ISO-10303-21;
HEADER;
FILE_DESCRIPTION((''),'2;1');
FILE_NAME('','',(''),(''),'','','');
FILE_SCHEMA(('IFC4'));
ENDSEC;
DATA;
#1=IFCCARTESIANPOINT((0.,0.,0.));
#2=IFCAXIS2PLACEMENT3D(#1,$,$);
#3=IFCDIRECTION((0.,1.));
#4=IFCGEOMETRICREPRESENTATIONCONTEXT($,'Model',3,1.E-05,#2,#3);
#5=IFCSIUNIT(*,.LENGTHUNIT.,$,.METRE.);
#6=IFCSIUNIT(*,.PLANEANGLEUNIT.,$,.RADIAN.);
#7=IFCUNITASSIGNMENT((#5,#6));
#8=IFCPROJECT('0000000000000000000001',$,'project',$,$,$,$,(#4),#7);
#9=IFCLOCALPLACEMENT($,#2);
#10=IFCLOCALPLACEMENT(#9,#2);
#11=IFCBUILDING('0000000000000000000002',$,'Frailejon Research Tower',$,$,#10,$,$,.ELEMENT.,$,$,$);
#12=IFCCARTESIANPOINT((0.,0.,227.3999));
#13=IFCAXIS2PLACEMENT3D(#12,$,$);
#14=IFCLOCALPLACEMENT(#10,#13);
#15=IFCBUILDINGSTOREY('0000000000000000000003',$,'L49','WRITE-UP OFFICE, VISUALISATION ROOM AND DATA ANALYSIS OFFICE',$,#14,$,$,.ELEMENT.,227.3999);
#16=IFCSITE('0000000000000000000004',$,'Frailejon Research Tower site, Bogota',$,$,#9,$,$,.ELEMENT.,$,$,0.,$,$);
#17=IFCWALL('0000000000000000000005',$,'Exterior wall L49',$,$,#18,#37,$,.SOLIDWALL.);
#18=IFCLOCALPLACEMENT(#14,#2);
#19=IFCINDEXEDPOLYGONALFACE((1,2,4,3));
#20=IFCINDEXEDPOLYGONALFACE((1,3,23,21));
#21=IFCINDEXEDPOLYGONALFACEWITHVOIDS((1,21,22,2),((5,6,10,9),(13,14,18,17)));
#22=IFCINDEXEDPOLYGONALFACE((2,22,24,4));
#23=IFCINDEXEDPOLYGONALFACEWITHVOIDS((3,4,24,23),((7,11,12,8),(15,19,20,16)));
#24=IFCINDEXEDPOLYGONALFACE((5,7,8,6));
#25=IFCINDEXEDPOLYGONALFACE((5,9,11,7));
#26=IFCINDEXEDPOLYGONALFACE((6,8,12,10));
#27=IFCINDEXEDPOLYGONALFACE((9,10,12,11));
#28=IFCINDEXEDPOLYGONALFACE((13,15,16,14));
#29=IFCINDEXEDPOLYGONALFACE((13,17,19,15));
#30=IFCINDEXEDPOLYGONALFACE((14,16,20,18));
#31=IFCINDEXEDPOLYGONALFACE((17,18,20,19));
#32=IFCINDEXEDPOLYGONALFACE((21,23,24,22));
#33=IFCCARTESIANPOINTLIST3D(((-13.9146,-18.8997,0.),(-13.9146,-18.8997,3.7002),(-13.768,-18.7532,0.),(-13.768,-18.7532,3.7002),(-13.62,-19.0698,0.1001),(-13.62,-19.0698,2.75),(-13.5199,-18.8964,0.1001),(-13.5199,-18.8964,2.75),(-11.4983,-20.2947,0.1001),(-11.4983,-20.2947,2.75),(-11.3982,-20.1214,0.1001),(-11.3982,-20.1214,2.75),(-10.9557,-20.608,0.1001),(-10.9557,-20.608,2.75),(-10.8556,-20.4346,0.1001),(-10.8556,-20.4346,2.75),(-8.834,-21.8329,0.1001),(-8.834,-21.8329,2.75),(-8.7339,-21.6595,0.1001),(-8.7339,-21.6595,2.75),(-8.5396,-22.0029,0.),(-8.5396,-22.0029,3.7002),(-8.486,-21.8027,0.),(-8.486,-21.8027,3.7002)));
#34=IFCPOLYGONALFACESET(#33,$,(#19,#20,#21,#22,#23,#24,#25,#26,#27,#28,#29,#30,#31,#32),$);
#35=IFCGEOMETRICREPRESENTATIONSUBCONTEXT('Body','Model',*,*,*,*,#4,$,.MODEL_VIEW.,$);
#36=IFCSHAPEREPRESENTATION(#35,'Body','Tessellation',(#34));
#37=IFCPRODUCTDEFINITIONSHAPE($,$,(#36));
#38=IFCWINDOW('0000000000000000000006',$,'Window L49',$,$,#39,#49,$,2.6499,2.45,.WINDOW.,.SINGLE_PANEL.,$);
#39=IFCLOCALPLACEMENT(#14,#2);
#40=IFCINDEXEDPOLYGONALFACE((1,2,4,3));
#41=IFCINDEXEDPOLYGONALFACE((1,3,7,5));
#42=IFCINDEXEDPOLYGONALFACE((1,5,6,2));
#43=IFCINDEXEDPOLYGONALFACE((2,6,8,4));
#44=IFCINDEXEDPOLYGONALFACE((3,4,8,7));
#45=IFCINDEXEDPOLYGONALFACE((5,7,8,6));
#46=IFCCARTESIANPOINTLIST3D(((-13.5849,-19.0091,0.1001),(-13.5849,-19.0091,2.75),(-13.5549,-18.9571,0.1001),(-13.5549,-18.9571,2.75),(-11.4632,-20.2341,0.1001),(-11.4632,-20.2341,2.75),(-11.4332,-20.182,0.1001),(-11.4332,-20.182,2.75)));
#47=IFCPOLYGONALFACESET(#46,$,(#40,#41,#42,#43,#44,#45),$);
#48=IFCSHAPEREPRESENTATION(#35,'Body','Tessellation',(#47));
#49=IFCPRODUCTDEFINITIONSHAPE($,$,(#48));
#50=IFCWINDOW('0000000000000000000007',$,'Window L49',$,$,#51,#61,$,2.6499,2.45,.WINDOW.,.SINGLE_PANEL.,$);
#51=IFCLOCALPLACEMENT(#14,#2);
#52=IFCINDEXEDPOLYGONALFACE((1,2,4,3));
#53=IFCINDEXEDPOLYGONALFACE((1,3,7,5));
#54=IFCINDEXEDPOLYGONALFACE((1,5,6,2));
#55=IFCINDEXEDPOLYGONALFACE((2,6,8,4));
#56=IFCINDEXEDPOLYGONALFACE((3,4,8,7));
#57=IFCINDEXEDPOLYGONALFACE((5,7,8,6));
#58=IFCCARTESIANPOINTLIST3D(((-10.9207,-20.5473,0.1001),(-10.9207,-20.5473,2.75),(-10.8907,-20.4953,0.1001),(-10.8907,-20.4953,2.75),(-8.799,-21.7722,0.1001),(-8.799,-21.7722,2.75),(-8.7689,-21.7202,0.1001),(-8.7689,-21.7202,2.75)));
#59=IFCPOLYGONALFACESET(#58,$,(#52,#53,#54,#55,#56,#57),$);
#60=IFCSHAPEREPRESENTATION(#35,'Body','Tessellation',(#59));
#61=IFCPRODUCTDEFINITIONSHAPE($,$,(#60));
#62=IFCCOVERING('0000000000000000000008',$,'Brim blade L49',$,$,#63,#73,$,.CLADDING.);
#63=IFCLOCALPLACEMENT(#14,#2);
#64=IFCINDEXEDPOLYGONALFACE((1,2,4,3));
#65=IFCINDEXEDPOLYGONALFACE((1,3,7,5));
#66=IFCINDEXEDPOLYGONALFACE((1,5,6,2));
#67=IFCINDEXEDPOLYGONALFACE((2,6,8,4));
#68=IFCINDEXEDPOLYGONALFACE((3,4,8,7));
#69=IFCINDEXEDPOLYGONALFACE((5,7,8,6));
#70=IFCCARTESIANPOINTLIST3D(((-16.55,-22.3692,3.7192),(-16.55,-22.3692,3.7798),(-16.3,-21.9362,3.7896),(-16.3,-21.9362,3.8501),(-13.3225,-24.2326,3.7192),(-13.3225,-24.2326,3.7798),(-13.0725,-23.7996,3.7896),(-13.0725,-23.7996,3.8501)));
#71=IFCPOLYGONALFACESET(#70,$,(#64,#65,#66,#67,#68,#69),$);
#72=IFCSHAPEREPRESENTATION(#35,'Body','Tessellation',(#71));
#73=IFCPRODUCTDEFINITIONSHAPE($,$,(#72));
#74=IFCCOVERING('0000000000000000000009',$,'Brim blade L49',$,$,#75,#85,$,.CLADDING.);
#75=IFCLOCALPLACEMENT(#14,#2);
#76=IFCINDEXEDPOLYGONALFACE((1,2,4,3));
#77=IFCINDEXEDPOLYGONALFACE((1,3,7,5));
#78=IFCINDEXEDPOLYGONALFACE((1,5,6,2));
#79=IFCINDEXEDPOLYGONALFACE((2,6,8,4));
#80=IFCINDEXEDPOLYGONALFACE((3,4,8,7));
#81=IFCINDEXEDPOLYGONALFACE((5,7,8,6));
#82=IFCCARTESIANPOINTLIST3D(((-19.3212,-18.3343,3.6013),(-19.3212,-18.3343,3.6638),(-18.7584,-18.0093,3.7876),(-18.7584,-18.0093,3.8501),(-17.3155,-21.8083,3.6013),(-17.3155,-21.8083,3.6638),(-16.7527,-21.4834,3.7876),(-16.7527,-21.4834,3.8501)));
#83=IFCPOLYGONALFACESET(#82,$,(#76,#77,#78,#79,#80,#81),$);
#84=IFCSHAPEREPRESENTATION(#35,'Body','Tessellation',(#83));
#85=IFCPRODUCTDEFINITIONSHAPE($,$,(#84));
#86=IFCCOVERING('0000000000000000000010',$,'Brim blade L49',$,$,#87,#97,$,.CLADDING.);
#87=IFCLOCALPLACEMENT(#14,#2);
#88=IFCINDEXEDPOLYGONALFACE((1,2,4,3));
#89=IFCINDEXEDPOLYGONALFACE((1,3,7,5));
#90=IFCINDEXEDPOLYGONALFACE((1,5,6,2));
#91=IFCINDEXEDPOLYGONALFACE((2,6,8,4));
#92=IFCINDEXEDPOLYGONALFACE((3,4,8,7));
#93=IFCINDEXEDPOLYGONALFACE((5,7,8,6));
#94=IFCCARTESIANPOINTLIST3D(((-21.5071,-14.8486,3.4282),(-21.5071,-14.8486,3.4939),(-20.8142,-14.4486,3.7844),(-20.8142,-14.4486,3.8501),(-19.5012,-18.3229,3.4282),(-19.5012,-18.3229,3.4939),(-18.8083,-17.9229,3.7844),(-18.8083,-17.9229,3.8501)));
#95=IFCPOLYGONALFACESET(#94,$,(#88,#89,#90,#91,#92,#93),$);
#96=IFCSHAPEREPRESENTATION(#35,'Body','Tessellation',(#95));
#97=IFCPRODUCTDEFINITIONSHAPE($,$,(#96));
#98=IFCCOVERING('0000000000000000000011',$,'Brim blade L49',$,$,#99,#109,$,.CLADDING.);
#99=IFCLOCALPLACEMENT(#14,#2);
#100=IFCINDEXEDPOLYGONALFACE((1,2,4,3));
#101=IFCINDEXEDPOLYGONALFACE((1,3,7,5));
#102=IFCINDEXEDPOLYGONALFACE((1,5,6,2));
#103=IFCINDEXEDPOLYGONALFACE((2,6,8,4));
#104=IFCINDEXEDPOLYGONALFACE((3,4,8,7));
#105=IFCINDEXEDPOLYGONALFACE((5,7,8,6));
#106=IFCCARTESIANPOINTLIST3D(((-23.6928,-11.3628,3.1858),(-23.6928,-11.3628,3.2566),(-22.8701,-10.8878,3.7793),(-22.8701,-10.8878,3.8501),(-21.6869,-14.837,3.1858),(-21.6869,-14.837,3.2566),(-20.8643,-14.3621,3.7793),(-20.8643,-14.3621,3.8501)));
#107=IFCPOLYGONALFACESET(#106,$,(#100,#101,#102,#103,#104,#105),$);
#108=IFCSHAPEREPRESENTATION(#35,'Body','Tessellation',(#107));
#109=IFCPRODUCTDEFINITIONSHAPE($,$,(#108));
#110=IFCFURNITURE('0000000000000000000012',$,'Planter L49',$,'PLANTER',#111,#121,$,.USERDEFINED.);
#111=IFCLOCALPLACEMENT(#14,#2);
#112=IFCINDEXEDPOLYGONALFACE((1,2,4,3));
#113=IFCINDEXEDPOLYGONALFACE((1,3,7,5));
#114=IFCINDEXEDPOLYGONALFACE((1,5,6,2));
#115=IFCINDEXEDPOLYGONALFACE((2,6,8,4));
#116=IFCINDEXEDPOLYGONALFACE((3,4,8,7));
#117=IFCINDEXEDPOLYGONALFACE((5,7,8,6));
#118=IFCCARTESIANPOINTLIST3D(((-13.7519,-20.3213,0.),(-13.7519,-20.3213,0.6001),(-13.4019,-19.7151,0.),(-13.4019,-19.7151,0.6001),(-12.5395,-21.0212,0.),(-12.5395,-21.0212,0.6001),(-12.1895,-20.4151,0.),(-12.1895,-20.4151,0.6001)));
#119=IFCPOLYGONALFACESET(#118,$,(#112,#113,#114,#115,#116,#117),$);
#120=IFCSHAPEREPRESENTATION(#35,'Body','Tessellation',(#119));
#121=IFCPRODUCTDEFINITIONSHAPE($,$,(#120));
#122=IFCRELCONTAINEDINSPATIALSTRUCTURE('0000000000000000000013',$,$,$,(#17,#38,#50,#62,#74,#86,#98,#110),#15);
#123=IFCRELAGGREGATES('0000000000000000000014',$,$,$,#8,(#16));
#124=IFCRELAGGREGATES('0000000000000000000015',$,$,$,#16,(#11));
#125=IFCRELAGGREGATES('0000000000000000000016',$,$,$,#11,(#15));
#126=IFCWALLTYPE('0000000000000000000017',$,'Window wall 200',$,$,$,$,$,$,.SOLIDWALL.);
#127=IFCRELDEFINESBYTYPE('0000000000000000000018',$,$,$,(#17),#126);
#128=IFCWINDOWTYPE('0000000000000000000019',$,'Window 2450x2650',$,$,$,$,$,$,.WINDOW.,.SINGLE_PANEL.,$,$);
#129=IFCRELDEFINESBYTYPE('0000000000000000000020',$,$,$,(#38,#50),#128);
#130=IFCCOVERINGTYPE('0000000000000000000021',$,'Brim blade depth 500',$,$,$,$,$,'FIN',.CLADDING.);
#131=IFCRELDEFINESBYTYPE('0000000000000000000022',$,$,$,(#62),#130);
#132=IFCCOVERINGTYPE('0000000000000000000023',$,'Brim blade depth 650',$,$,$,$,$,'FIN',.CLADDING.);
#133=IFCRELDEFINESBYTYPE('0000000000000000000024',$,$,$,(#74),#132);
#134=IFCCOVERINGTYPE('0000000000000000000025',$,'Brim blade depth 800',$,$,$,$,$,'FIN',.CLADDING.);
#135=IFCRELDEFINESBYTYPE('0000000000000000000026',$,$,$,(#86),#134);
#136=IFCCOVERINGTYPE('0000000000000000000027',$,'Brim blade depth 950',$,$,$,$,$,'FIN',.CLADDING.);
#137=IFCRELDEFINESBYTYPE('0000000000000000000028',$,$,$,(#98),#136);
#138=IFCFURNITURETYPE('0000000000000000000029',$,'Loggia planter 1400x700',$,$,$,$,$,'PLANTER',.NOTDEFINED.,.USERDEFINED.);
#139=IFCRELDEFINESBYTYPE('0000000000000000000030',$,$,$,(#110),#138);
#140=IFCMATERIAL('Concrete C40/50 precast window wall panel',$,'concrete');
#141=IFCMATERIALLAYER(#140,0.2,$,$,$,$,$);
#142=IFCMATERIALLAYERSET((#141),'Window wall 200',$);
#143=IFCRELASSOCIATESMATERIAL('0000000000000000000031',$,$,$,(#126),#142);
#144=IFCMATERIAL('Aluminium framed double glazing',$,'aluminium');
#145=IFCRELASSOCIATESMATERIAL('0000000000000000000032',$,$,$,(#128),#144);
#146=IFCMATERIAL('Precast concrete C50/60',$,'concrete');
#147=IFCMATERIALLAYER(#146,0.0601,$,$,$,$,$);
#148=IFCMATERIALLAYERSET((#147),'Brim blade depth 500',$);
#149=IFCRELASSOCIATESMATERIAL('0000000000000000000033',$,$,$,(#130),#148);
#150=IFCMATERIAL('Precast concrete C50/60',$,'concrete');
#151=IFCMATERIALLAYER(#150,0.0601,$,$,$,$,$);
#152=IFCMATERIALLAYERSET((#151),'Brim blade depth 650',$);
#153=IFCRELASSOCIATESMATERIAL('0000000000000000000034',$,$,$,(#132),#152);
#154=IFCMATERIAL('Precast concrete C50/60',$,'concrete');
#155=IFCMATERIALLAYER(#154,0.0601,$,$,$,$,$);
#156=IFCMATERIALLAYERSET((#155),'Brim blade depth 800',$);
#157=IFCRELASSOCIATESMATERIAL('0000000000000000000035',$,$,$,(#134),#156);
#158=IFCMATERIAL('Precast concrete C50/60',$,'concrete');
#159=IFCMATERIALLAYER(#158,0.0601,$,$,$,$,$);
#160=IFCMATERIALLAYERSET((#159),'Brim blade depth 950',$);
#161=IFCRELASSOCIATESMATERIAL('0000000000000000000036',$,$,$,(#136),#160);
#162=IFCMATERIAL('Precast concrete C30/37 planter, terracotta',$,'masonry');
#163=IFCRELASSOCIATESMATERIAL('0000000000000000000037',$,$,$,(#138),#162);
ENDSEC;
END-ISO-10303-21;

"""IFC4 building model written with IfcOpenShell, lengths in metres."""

from ifc_helpers import new_model, si_unit, direction, frame, frame_2d, origin, origin_2d, place, context, subcontext, project, spatial, polyline, rectangle, outline, extrude, material, layer, layer_set, type_object, element, fill, save


model = new_model("IFC4")

# Units and contexts
model_context = context("Model", 3, precision=1e-05, world=origin(), true_north=direction((0.0, 1.0)))
body_context = subcontext(model_context, "Body", "Model", "MODEL_VIEW")
ifc_project = project(units=[si_unit("LENGTHUNIT", "METRE"), si_unit("PLANEANGLEUNIT", "RADIAN")], contexts=[model_context])

# Site, building, storey
site_placement = place(None, origin())
site = spatial("IfcSite", under=ifc_project, at=site_placement, Name="Frailejon Research Tower site, Bogota", CompositionType="ELEMENT", RefElevation=0.0)
building_placement = place(site_placement, origin())
building = spatial("IfcBuilding", under=site, at=building_placement, Name="Frailejon Research Tower", CompositionType="ELEMENT")
storey_placement = place(building_placement, frame((0.0, 0.0, 227.3999)))
storey = spatial("IfcBuildingStorey", under=building, at=storey_placement, Name="L49", Description="WRITE-UP OFFICE, VISUALISATION ROOM AND DATA ANALYSIS OFFICE", CompositionType="ELEMENT", Elevation=227.3999)

# Wall, openings, windows
ifc_material_1 = material(Name="Concrete C40/50 precast window wall panel", Category="concrete")
ifc_layer_1 = layer(ifc_material_1, 0.2)
ifc_layer_set_1 = layer_set([ifc_layer_1], Name="Window wall 200")
wall_type_1 = type_object("IfcWallType", Name="Window wall 200", PredefinedType="SOLIDWALL", material=ifc_layer_set_1)
wall_1_placement = place(storey_placement, frame((-13.8413, -18.8264, 0.0), z_axis=(0.0, 0.0, 1.0), x_axis=(0.86603, -0.499993, 0.0)))
wall_1 = element("IfcWall", 1, at=wall_1_placement, inside=storey, type_object=wall_type_1, Name="Exterior wall L49", PredefinedType="SOLIDWALL", context=body_context, shape_type="SweptSolid", body=[
    extrude(outline(polyline([(-0.0269, -0.1001), (1.0076, -0.1001), (2.042, -0.1001), (3.0764, -0.1001), (4.1108, -0.1001), (5.1453, -0.1001), (6.1797, -0.1001), (6.126, 0.1001), (5.1094, 0.1001), (4.093, 0.1001), (3.0764, 0.1001), (2.0598, 0.1001), (1.0435, 0.1001), (0.0269, 0.1001), (-0.0269, -0.1001)])), origin(), (0.0, 0.0, 1.0), 3.7002),
])
opening_1_placement = place(wall_1_placement, frame((0.3132, 0.0, 0.1001)))
opening_1 = element("IfcOpeningElement", 2, at=opening_1_placement, cuts=wall_1, PredefinedType="OPENING", context=body_context, shape_type="SweptSolid", body=[
    extrude(rectangle(XDim=2.45, YDim=2.6499, at=frame_2d((1.2251, 1.325))), frame((0.0, 0.1099, 0.0), z_axis=(0.0, -1.0, 0.0), x_axis=(1.0, 0.0, 0.0)), (0.0, 0.0, 1.0), 0.22),
])
opening_2_placement = place(wall_1_placement, frame((3.3896, 0.0, 0.1001)))
opening_2 = element("IfcOpeningElement", 3, at=opening_2_placement, cuts=wall_1, PredefinedType="OPENING", context=body_context, shape_type="SweptSolid", body=[
    extrude(rectangle(XDim=2.45, YDim=2.6499, at=frame_2d((1.2251, 1.325))), frame((0.0, 0.1099, 0.0), z_axis=(0.0, -1.0, 0.0), x_axis=(1.0, 0.0, 0.0)), (0.0, 0.0, 1.0), 0.22),
])
ifc_material_2 = material(Name="Aluminium framed double glazing", Category="aluminium")
window_type = type_object("IfcWindowType", Name="Window 2450x2650", PartitioningType="SINGLE_PANEL", PredefinedType="WINDOW", material=ifc_material_2)
window_1_placement = place(opening_1_placement, origin())
window_1 = element("IfcWindow", 4, at=window_1_placement, inside=storey, type_object=window_type, Name="Window L49", OverallHeight=2.6499, OverallWidth=2.45, PartitioningType="SINGLE_PANEL", PredefinedType="WINDOW", context=body_context, shape_type="SweptSolid", body=[
    extrude(rectangle(XDim=2.45, YDim=2.6499, at=frame_2d((1.2251, 1.325))), frame((0.0, 0.03, 0.0), z_axis=(0.0, -1.0, 0.0), x_axis=(1.0, 0.0, 0.0)), (0.0, 0.0, 1.0), 0.0601),
])
fill(opening_1, window_1)
window_2_placement = place(opening_2_placement, origin())
window_2 = element("IfcWindow", 5, at=window_2_placement, inside=storey, type_object=window_type, Name="Window L49", OverallHeight=2.6499, OverallWidth=2.45, PartitioningType="SINGLE_PANEL", PredefinedType="WINDOW", context=body_context, shape_type="SweptSolid", body=[
    extrude(rectangle(XDim=2.45, YDim=2.6499, at=frame_2d((1.2251, 1.325))), frame((0.0, 0.03, 0.0), z_axis=(0.0, -1.0, 0.0), x_axis=(1.0, 0.0, 0.0)), (0.0, 0.0, 1.0), 0.0601),
])
fill(opening_2, window_2)

# Coverings
ifc_material_3 = material(Name="Precast concrete C50/60", Category="concrete")
ifc_layer_2 = layer(ifc_material_3, 0.0601)
ifc_layer_set_2 = layer_set([ifc_layer_2], Name="Brim blade depth 500")
covering_type_1 = type_object("IfcCoveringType", Name="Brim blade depth 500", ElementType="FIN", PredefinedType="CLADDING", material=ifc_layer_set_2)
covering_1_placement = place(storey_placement, frame((-13.0725, -23.7996, 3.8501), z_axis=(-0.866025, 0.500001, 0.0), x_axis=(-0.500001, -0.866025, 0.0)))
element("IfcCovering", 6, at=covering_1_placement, inside=storey, type_object=covering_type_1, Name="Brim blade L49", PredefinedType="CLADDING", context=body_context, shape_type="SweptSolid", body=[
    extrude(outline(polyline([(0.0, -0.0605), (0.5, -0.1309), (0.5, -0.0703), (0.0, 0.0), (0.0, -0.0605)])), origin(), (0.0, 0.0, 1.0), 3.7268),
])
ifc_material_4 = material(Name="Precast concrete C50/60", Category="concrete")
ifc_layer_3 = layer(ifc_material_4, 0.0601)
ifc_layer_set_3 = layer_set([ifc_layer_3], Name="Brim blade depth 650")
covering_type_2 = type_object("IfcCoveringType", Name="Brim blade depth 650", ElementType="FIN", PredefinedType="CLADDING", material=ifc_layer_set_3)
covering_2_placement = place(storey_placement, frame((-16.7527, -21.4834, 3.8501), z_axis=(-0.499987, 0.866033, 0.0), x_axis=(-0.866033, -0.499987, 0.0)))
element("IfcCovering", 7, at=covering_2_placement, inside=storey, type_object=covering_type_2, Name="Brim blade L49", PredefinedType="CLADDING", context=body_context, shape_type="SweptSolid", body=[
    extrude(outline(polyline([(0.0, -0.0625), (0.6499, -0.2488), (0.6499, -0.1863), (0.0, 0.0), (0.0, -0.0625)])), origin(), (0.0, 0.0, 1.0), 4.0115),
])
ifc_material_5 = material(Name="Precast concrete C50/60", Category="concrete")
ifc_layer_4 = layer(ifc_material_5, 0.0601)
ifc_layer_set_4 = layer_set([ifc_layer_4], Name="Brim blade depth 800")
covering_type_3 = type_object("IfcCoveringType", Name="Brim blade depth 800", ElementType="FIN", PredefinedType="CLADDING", material=ifc_layer_set_4)
covering_3_placement = place(storey_placement, frame((-18.8083, -17.9229, 3.8501), z_axis=(-0.500005, 0.866022, 0.0), x_axis=(-0.866022, -0.500005, 0.0)))
element("IfcCovering", 8, at=covering_3_placement, inside=storey, type_object=covering_type_3, Name="Brim blade L49", PredefinedType="CLADDING", context=body_context, shape_type="SweptSolid", body=[
    extrude(outline(polyline([(0.0, -0.0657), (0.8, -0.4219), (0.8, -0.3562), (0.0, 0.0), (0.0, -0.0657)])), origin(), (0.0, 0.0, 1.0), 4.0117),
])
ifc_material_6 = material(Name="Precast concrete C50/60", Category="concrete")
ifc_layer_5 = layer(ifc_material_6, 0.0601)
ifc_layer_set_5 = layer_set([ifc_layer_5], Name="Brim blade depth 950")
covering_type_4 = type_object("IfcCoveringType", Name="Brim blade depth 950", ElementType="FIN", PredefinedType="CLADDING", material=ifc_layer_set_5)
covering_4_placement = place(storey_placement, frame((-20.8643, -14.3621, 3.8501), z_axis=(-0.499995, 0.866028, 0.0), x_axis=(-0.866028, -0.499995, 0.0)))
element("IfcCovering", 9, at=covering_4_placement, inside=storey, type_object=covering_type_4, Name="Brim blade L49", PredefinedType="CLADDING", context=body_context, shape_type="SweptSolid", body=[
    extrude(outline(polyline([(0.0, -0.0708), (0.95, -0.6643), (0.95, -0.5935), (0.0, 0.0), (0.0, -0.0708)])), origin(), (0.0, 0.0, 1.0), 4.0117),
])

# Furniture
ifc_material_7 = material(Name="Precast concrete C30/37 planter, terracotta", Category="masonry")
furniture_type = type_object("IfcFurnitureType", Name="Loggia planter 1400x700", ElementType="PLANTER", AssemblyPlace="NOTDEFINED", PredefinedType="USERDEFINED", material=ifc_material_7)
furniture_placement = place(storey_placement, frame((-12.9707, -20.3682, 0.0), z_axis=(0.0, 0.0, 1.0), x_axis=(0.866025, -0.5, 0.0)))
element("IfcFurniture", 10, at=furniture_placement, inside=storey, type_object=furniture_type, Name="Planter L49", ObjectType="PLANTER", PredefinedType="USERDEFINED", context=body_context, shape_type="SweptSolid", body=[
    extrude(rectangle(XDim=1.3999, YDim=0.7, at=origin_2d()), origin(), (0.0, 0.0, 1.0), 0.6001),
])

save(model, "model.ifc")
